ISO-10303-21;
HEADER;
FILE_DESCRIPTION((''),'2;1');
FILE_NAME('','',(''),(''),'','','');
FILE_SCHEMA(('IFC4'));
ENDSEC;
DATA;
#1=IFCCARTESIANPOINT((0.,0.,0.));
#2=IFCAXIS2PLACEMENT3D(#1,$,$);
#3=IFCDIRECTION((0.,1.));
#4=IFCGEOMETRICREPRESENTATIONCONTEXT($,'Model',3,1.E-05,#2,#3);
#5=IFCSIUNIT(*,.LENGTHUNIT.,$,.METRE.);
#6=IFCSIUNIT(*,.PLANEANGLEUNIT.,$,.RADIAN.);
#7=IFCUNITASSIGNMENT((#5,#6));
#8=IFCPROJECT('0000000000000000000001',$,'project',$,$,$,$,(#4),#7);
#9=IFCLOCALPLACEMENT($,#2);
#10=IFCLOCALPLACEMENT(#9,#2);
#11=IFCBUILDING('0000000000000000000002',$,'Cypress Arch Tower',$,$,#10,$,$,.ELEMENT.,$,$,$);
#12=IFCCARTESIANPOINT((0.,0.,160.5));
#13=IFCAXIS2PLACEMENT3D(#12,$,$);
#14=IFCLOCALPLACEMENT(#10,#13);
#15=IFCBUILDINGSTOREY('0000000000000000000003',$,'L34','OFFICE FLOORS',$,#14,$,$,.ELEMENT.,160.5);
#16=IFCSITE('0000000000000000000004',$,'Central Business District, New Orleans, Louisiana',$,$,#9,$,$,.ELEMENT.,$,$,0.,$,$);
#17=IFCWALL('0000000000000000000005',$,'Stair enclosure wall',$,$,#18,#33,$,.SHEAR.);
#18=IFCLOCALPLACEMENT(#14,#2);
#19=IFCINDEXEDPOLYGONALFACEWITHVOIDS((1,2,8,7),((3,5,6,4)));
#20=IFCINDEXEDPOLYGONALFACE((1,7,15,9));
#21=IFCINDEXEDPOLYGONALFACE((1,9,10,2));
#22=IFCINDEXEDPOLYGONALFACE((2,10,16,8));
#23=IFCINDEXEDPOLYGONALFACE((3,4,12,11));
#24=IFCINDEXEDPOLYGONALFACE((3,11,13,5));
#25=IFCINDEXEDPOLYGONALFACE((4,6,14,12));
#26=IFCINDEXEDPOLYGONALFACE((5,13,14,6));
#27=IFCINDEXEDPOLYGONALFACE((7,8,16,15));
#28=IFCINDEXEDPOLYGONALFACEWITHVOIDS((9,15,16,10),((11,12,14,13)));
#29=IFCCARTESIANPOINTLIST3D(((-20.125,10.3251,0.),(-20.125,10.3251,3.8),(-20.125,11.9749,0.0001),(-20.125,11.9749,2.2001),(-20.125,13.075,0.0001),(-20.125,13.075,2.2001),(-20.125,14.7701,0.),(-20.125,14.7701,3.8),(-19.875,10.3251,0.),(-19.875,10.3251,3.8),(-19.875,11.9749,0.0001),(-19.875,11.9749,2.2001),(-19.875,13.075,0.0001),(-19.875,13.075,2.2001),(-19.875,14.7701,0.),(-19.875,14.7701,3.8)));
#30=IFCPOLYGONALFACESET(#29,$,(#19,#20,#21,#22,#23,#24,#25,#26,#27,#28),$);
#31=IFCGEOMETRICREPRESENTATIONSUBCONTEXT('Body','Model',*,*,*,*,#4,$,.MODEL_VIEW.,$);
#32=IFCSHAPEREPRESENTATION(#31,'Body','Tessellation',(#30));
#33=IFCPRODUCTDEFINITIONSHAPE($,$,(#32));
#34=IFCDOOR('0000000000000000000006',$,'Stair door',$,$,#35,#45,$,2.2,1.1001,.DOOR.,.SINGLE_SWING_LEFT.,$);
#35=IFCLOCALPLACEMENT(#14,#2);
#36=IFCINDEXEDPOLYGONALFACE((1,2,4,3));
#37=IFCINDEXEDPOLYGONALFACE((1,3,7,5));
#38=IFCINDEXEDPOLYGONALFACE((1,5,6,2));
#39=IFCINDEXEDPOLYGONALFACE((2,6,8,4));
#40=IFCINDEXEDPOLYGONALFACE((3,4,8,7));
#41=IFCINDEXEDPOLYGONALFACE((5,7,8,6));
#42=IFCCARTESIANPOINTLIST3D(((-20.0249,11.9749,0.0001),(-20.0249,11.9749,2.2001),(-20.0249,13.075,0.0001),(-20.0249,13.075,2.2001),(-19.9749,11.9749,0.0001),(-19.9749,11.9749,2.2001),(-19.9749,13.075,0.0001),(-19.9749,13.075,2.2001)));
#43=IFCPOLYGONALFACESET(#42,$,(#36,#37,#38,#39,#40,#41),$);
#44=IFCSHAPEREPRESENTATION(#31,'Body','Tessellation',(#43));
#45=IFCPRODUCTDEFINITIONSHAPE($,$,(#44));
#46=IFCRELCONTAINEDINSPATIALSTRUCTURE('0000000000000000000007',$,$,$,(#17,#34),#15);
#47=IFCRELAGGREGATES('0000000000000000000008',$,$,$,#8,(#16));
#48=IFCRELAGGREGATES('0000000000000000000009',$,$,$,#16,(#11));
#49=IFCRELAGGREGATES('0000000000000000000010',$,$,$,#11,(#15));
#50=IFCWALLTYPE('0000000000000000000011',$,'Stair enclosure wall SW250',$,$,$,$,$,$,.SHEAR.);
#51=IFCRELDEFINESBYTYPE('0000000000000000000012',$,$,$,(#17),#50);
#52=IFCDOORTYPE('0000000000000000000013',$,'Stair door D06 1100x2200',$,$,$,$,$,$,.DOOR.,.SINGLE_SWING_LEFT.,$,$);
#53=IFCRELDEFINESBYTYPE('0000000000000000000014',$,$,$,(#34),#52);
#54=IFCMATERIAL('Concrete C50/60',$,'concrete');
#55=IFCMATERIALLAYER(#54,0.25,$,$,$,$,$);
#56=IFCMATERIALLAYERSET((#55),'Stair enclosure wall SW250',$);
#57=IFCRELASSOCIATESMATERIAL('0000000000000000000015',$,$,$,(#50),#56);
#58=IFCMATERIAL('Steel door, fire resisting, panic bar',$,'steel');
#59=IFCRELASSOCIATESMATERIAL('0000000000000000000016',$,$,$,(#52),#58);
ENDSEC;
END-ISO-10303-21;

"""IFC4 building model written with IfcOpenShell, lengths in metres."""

from ifc_helpers import new_model, si_unit, direction, frame, frame_2d, origin, place, context, subcontext, project, spatial, rectangle, extrude, material, layer, layer_set, type_object, element, fill, save


model = new_model("IFC4")

# Units and contexts
model_context = context("Model", 3, precision=1e-05, world=origin(), true_north=direction((0.0, 1.0)))
body_context = subcontext(model_context, "Body", "Model", "MODEL_VIEW")
ifc_project = project(units=[si_unit("LENGTHUNIT", "METRE"), si_unit("PLANEANGLEUNIT", "RADIAN")], contexts=[model_context])

# Site, building, storey
site_placement = place(None, origin())
site = spatial("IfcSite", under=ifc_project, at=site_placement, Name="Central Business District, New Orleans, Louisiana", CompositionType="ELEMENT", RefElevation=0.0)
building_placement = place(site_placement, origin())
building = spatial("IfcBuilding", under=site, at=building_placement, Name="Cypress Arch Tower", CompositionType="ELEMENT")
storey_placement = place(building_placement, frame((0.0, 0.0, 160.5)))
storey = spatial("IfcBuildingStorey", under=building, at=storey_placement, Name="L34", Description="OFFICE FLOORS", CompositionType="ELEMENT", Elevation=160.5)

# Wall, opening, door
ifc_material_1 = material(Name="Concrete C50/60", Category="concrete")
ifc_layer_1 = layer(ifc_material_1, 0.25)
ifc_layer_set_1 = layer_set([ifc_layer_1], Name="Stair enclosure wall SW250")
wall_type_1 = type_object("IfcWallType", Name="Stair enclosure wall SW250", PredefinedType="SHEAR", material=ifc_layer_set_1)
wall_1_placement = place(storey_placement, frame((-20.0, 10.325, 0.0), z_axis=(0.0, 0.0, 1.0), x_axis=(0.0, 1.0, 0.0)))
wall_1 = element("IfcWall", 1, at=wall_1_placement, inside=storey, type_object=wall_type_1, Name="Stair enclosure wall", PredefinedType="SHEAR", context=body_context, shape_type="SweptSolid", body=[
    extrude(rectangle(XDim=4.4451, YDim=0.25, at=frame_2d((2.2227, 0.0))), origin(), (0.0, 0.0, 1.0), 3.8),
])
opening_1_placement = place(wall_1_placement, frame((1.6499, 0.0, 0.0)))
opening_1 = element("IfcOpeningElement", 2, at=opening_1_placement, cuts=wall_1, PredefinedType="OPENING", context=body_context, shape_type="SweptSolid", body=[
    extrude(rectangle(XDim=1.1001, YDim=2.2, at=frame_2d((0.55, 1.1001))), frame((0.0, 0.135, 0.0), z_axis=(0.0, -1.0, 0.0), x_axis=(1.0, 0.0, 0.0)), (0.0, 0.0, 1.0), 0.27),
])
ifc_material_2 = material(Name="Steel door, fire resisting, panic bar", Category="steel")
door_type_1 = type_object("IfcDoorType", Name="Stair door D06 1100x2200", OperationType="SINGLE_SWING_LEFT", PredefinedType="DOOR", material=ifc_material_2)
door_1_placement = place(opening_1_placement, origin())
door_1 = element("IfcDoor", 3, at=door_1_placement, inside=storey, type_object=door_type_1, Name="Stair door", OperationType="SINGLE_SWING_LEFT", OverallHeight=2.2, OverallWidth=1.1001, PredefinedType="DOOR", context=body_context, shape_type="SweptSolid", body=[
    extrude(rectangle(XDim=1.1001, YDim=2.2, at=frame_2d((0.55, 1.1001))), frame((0.0, 0.0249, 0.0), z_axis=(0.0, -1.0, 0.0), x_axis=(1.0, 0.0, 0.0)), (0.0, 0.0, 1.0), 0.05),
])
fill(opening_1, door_1)

save(model, "model.ifc")
